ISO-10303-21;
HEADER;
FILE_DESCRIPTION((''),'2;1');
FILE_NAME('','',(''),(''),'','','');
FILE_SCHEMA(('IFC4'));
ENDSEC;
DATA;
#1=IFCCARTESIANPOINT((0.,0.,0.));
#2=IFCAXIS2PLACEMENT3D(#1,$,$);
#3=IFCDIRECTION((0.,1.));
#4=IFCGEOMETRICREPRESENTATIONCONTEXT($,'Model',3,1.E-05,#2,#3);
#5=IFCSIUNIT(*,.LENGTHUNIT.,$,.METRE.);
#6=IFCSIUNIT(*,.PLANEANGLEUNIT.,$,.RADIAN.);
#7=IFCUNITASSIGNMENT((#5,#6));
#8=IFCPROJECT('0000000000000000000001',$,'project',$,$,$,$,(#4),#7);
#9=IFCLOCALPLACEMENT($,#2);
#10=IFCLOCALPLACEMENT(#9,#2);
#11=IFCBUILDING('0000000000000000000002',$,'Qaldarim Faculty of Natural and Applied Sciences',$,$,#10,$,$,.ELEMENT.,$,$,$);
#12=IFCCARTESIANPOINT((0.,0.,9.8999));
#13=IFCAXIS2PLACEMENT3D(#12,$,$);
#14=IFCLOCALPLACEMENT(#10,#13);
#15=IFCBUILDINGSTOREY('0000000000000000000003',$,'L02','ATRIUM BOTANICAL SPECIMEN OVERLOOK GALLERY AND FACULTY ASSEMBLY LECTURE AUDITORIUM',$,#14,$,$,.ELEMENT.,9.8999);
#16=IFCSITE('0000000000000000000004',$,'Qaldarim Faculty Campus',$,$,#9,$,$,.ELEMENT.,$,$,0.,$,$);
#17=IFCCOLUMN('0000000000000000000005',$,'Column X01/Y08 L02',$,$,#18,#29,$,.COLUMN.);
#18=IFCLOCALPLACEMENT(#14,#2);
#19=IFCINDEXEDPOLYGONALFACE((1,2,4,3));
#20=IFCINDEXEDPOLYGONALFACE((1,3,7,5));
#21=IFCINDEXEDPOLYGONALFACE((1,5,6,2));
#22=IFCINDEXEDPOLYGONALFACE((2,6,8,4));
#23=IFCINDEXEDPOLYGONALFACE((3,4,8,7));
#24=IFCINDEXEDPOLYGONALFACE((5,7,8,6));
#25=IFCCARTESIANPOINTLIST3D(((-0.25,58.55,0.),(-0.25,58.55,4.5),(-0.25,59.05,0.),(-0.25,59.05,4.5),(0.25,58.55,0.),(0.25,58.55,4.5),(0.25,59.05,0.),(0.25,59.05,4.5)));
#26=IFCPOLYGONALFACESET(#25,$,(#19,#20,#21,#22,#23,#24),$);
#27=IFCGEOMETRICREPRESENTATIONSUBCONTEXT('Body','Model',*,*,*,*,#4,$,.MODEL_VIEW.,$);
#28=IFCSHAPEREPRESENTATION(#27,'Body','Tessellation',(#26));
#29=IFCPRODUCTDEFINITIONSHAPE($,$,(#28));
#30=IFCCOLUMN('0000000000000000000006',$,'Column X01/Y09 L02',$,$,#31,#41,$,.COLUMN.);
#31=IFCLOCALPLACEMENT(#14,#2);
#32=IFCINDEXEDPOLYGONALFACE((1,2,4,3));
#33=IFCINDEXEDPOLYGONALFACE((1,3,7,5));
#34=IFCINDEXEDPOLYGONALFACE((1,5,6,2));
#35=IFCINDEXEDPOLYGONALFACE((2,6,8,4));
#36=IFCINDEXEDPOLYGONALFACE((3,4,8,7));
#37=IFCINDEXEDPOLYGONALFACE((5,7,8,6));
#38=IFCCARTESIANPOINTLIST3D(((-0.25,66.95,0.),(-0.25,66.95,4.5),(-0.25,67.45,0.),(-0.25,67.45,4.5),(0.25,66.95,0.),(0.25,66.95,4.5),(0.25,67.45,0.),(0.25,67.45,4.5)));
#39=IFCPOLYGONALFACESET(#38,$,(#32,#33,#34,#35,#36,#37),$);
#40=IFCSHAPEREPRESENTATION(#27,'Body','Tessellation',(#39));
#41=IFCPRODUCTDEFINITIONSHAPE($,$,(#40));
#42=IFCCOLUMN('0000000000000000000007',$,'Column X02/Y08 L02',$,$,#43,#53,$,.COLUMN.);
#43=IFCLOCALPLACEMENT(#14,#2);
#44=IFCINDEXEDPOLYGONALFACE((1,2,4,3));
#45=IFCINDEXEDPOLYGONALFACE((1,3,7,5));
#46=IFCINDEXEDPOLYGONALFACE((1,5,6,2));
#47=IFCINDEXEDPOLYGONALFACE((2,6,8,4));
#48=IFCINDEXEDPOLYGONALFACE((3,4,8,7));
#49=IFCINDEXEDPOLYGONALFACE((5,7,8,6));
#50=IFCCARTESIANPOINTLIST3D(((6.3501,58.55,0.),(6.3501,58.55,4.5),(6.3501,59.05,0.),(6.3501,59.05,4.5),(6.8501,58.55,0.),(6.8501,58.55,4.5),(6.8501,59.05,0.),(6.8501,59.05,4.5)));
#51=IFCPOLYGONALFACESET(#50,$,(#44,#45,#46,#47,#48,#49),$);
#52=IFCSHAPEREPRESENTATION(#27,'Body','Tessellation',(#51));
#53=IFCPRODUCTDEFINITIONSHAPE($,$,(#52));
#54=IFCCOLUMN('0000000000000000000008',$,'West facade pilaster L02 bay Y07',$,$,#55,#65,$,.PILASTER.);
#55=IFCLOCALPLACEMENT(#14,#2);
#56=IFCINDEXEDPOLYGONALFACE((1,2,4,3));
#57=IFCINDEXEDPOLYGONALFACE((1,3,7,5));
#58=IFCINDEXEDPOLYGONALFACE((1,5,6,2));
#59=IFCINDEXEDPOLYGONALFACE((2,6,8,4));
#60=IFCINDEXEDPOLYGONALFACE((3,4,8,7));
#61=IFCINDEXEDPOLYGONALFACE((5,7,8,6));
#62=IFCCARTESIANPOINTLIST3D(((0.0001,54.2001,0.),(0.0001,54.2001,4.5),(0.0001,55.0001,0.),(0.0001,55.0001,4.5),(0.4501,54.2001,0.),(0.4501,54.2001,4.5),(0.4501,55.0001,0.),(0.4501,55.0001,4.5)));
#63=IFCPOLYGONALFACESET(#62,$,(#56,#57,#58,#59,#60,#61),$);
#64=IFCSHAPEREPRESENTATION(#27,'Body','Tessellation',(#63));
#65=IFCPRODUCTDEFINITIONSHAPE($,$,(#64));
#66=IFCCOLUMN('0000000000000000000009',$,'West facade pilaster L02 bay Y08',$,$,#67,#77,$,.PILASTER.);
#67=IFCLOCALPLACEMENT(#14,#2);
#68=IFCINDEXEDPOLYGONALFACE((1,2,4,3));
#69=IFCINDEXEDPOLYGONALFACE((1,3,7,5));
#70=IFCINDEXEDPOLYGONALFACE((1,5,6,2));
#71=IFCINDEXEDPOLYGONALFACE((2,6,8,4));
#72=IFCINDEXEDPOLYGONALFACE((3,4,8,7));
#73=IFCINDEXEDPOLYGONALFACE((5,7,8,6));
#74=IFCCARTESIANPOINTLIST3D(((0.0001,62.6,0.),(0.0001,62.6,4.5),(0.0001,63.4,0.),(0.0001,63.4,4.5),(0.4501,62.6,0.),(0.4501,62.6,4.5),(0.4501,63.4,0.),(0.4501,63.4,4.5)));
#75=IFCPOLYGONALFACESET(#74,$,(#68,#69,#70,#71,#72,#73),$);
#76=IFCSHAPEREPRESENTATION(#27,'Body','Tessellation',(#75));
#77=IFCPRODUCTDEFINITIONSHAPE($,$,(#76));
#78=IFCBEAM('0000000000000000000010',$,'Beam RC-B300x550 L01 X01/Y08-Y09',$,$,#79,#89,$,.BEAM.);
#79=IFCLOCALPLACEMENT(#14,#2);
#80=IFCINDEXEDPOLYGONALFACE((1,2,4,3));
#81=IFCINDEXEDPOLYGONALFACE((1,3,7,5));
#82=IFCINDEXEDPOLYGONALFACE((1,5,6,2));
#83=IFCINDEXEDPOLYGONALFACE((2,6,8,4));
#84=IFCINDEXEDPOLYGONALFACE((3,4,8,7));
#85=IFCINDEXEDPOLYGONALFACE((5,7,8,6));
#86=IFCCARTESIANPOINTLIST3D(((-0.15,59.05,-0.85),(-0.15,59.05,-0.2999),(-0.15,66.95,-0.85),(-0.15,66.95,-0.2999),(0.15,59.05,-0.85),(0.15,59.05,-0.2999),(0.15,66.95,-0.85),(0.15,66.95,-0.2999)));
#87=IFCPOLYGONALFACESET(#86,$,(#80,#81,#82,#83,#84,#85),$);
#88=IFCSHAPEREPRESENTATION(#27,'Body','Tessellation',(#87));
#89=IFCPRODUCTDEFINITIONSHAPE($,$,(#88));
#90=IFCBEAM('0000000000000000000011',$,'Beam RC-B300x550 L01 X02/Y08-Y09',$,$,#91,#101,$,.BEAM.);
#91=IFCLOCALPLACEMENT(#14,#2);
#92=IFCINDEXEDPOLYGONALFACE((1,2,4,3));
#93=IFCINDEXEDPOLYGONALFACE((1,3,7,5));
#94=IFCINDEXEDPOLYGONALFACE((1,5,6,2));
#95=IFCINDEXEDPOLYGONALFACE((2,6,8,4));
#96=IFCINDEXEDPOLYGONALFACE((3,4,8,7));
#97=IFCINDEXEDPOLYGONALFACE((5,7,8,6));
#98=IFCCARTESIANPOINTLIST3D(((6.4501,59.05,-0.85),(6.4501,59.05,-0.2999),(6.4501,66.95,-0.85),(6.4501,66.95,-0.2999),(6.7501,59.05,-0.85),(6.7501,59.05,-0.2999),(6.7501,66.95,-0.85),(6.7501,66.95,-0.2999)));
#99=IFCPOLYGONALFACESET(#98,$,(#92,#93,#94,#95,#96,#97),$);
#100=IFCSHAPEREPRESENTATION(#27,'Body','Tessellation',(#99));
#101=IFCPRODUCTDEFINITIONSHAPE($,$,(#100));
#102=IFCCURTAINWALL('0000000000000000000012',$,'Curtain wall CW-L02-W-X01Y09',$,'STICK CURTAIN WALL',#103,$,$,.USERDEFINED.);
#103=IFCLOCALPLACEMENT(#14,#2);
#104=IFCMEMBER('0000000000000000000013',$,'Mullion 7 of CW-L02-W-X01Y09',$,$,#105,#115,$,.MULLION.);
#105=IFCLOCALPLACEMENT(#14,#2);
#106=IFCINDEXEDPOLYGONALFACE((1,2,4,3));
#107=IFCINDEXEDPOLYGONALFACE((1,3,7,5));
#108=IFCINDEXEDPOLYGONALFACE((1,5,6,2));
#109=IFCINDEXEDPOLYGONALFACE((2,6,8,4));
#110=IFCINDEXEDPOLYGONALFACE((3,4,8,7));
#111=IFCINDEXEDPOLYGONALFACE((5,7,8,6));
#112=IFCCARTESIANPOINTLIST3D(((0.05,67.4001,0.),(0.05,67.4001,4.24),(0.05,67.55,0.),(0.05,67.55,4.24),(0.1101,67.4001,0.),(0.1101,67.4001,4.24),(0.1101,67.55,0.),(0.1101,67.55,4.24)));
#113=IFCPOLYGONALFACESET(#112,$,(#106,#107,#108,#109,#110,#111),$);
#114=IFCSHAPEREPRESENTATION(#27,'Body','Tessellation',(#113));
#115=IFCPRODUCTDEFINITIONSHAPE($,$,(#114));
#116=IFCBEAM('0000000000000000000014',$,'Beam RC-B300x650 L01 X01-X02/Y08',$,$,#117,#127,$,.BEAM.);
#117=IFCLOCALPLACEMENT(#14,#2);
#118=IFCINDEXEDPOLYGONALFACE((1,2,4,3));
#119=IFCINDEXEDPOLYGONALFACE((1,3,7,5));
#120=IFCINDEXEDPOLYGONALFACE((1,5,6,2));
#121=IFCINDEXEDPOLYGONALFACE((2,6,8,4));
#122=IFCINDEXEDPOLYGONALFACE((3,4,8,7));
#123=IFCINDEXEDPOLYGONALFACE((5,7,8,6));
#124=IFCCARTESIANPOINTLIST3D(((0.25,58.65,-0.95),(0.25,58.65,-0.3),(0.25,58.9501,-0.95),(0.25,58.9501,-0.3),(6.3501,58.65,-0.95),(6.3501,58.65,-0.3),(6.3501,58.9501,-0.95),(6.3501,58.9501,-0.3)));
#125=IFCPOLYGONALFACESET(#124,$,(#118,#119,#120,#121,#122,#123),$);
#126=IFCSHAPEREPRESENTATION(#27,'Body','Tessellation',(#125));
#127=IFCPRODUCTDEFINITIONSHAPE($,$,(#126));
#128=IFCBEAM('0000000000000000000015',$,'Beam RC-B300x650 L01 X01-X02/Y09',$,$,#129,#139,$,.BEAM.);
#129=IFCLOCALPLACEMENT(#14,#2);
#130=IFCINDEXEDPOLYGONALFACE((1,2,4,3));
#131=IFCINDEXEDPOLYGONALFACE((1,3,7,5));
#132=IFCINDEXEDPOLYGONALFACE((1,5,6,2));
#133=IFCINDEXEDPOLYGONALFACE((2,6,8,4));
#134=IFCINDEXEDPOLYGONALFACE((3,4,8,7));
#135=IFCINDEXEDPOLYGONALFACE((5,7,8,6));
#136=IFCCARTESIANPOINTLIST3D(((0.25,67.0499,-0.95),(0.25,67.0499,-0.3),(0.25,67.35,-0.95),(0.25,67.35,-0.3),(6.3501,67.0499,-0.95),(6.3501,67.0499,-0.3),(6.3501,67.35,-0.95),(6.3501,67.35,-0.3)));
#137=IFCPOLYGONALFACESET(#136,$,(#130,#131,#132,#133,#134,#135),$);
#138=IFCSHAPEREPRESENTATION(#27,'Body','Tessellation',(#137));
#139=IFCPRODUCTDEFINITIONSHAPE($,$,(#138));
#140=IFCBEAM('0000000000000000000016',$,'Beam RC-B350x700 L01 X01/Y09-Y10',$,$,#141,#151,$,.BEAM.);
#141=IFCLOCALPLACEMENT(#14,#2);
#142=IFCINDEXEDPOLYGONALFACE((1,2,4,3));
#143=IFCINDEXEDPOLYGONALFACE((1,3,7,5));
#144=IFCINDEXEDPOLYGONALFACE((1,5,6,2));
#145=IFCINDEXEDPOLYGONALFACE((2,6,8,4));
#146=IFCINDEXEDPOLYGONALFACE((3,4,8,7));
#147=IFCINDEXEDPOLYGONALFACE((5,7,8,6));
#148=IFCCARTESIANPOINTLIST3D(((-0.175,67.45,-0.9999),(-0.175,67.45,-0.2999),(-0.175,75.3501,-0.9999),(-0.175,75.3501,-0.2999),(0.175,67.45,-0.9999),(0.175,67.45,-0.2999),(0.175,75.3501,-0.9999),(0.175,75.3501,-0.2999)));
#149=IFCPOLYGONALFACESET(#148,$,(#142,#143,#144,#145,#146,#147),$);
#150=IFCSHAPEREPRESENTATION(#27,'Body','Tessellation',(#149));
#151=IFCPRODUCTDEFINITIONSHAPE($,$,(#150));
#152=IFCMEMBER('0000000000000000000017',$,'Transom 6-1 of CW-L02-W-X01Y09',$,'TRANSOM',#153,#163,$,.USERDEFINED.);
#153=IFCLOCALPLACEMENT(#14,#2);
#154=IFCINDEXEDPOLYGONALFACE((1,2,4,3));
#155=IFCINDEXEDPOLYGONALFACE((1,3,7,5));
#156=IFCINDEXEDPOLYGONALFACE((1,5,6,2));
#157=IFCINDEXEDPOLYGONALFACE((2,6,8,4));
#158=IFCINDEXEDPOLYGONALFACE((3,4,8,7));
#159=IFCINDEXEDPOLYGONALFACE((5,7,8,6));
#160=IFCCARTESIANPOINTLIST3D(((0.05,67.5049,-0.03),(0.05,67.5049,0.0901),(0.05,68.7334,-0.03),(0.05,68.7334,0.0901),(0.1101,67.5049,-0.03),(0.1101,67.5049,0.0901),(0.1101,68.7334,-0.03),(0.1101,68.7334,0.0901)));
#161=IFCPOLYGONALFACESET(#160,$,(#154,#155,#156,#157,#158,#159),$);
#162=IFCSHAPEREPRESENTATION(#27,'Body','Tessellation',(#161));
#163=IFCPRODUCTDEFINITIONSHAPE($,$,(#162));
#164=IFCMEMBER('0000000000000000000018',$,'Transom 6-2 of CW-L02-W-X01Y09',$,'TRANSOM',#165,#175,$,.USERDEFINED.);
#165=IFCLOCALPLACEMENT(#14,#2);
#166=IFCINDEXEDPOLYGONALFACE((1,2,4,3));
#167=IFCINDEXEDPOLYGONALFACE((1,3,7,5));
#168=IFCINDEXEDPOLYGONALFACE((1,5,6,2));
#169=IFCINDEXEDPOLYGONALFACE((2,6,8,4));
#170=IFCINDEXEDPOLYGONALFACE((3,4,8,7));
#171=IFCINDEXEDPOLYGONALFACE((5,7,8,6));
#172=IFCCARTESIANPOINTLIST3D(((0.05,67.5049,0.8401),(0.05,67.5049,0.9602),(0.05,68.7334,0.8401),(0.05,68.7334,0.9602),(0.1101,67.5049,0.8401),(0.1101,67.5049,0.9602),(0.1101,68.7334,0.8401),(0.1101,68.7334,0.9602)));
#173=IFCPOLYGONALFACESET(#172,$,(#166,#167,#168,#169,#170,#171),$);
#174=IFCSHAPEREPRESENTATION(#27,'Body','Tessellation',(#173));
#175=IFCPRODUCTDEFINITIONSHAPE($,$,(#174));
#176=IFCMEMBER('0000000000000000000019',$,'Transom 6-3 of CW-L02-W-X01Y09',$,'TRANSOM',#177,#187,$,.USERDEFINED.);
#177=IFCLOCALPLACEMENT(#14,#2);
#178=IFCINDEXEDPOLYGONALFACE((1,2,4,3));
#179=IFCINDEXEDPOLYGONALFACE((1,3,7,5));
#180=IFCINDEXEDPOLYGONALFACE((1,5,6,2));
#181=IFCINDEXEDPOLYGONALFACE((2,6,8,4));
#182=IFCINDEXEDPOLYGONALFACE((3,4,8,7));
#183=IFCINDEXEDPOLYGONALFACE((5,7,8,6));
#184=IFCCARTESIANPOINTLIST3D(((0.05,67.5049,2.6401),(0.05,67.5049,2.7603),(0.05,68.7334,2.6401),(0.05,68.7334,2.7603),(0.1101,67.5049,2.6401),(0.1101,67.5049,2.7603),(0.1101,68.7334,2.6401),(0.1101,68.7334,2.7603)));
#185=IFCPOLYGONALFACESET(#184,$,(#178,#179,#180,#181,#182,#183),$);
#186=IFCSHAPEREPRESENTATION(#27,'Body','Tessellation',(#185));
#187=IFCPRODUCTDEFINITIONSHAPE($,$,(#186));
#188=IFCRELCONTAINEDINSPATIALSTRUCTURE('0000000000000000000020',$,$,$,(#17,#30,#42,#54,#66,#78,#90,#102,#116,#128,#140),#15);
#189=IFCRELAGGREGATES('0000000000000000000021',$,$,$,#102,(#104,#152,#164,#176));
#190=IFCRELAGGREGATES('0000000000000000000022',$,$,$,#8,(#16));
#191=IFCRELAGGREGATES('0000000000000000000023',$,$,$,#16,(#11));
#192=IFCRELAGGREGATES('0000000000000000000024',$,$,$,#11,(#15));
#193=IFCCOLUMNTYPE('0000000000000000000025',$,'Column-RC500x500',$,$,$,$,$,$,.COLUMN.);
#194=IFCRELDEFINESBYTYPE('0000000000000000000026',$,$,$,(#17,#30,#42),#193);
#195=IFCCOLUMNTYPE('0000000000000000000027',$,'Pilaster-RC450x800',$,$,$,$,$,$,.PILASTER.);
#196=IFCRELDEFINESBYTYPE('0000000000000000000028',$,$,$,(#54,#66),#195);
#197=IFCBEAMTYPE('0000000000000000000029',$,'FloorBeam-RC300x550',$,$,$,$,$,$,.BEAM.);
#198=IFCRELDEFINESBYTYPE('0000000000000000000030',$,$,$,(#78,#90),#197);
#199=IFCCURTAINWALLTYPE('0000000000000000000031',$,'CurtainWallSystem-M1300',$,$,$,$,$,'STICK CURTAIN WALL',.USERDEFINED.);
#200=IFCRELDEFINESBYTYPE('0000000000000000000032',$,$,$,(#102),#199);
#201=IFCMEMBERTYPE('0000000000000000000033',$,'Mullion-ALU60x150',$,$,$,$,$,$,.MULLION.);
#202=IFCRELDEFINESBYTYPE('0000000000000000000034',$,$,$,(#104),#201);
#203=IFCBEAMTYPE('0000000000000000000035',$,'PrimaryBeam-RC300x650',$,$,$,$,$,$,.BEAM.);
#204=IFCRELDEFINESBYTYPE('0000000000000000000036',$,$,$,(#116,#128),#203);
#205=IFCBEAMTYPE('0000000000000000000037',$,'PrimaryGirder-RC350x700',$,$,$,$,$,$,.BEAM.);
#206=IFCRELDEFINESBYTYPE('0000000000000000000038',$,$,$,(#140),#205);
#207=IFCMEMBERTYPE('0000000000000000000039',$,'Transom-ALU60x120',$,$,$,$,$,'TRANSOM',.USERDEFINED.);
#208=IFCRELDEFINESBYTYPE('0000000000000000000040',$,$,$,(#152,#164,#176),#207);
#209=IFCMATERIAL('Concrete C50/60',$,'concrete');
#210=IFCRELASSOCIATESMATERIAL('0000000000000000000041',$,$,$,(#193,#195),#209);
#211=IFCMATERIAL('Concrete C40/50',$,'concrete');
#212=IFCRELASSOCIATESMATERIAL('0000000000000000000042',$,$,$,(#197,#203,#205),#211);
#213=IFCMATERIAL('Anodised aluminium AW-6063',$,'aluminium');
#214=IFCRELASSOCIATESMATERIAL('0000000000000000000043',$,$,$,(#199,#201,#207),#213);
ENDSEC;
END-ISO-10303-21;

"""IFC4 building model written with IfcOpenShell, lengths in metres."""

from ifc_helpers import new_model, si_unit, direction, frame, origin, origin_2d, place, context, subcontext, project, spatial, rectangle, extrude, material, material_profile, profile_set, type_object, element, aggregate, save


model = new_model("IFC4")

# Units and contexts
model_context = context("Model", 3, precision=1e-05, world=origin(), true_north=direction((0.0, 1.0)))
body_context = subcontext(model_context, "Body", "Model", "MODEL_VIEW")
ifc_project = project(units=[si_unit("LENGTHUNIT", "METRE"), si_unit("PLANEANGLEUNIT", "RADIAN")], contexts=[model_context])

# Site, building, storey
site_placement = place(None, origin())
site = spatial("IfcSite", under=ifc_project, at=site_placement, Name="Qaldarim Faculty Campus", CompositionType="ELEMENT", RefElevation=0.0)
building_placement = place(site_placement, origin())
building = spatial("IfcBuilding", under=site, at=building_placement, Name="Qaldarim Faculty of Natural and Applied Sciences", CompositionType="ELEMENT")
storey_placement = place(building_placement, frame((0.0, 0.0, 9.8999)))
storey = spatial("IfcBuildingStorey", under=building, at=storey_placement, Name="L02", Description="ATRIUM BOTANICAL SPECIMEN OVERLOOK GALLERY AND FACULTY ASSEMBLY LECTURE AUDITORIUM", CompositionType="ELEMENT", Elevation=9.8999)

# Columns
ifc_material_1 = material(Name="Concrete C50/60", Category="concrete")
ifc_material_profile_1 = material_profile(ifc_material_1, rectangle(XDim=0.5, YDim=0.5, at=origin_2d()), Name="RC-C500x500")
ifc_profile_set_1 = profile_set([ifc_material_profile_1], Name="Concrete C50/60")
column_type_1 = type_object("IfcColumnType", Name="Column-RC500x500", PredefinedType="COLUMN", material=ifc_profile_set_1)
for number, where, z_axis, x_axis, name in (
    (1, (0.0, 58.8, 0.0), (0.0, 0.0, 1.0), (1.0, 0.0, 0.0), "Column X01/Y08 L02"),
    (2, (0.0, 67.2, 0.0), (0.0, 0.0, 1.0), (1.0, 0.0, 0.0), "Column X01/Y09 L02"),
    (3, (6.6001, 58.8, 0.0), (0.0, 0.0, 1.0), (1.0, 0.0, 0.0), "Column X02/Y08 L02"),
):
    element("IfcColumn", number, at=place(storey_placement, frame(where, z_axis=z_axis, x_axis=x_axis)), inside=storey, type_object=column_type_1, Name=name, PredefinedType="COLUMN", context=body_context, shape_type="SweptSolid", body=[
        extrude(rectangle(XDim=0.5, YDim=0.5, at=origin_2d()), origin(), (0.0, 0.0, 1.0), 4.5),
    ])
ifc_material_profile_2 = material_profile(ifc_material_1, rectangle(XDim=0.45, YDim=0.8, at=origin_2d()), Name="RC-C450x800")
ifc_profile_set_2 = profile_set([ifc_material_profile_2], Name="Concrete C50/60")
column_type_2 = type_object("IfcColumnType", Name="Pilaster-RC450x800", PredefinedType="PILASTER", material=ifc_profile_set_2)
for number, where, z_axis, x_axis, name in (
    (4, (0.2251, 54.6001, 0.0), (0.0, 0.0, 1.0), (1.0, 0.0, 0.0), "West facade pilaster L02 bay Y07"),
    (5, (0.2251, 63.0, 0.0), (0.0, 0.0, 1.0), (1.0, 0.0, 0.0), "West facade pilaster L02 bay Y08"),
):
    element("IfcColumn", number, at=place(storey_placement, frame(where, z_axis=z_axis, x_axis=x_axis)), inside=storey, type_object=column_type_2, Name=name, PredefinedType="PILASTER", context=body_context, shape_type="SweptSolid", body=[
        extrude(rectangle(XDim=0.45, YDim=0.8, at=origin_2d()), origin(), (0.0, 0.0, 1.0), 4.5),
    ])

# Beams
ifc_material_2 = material(Name="Concrete C40/50", Category="concrete")
ifc_material_profile_3 = material_profile(ifc_material_2, rectangle(XDim=0.3, YDim=0.55, at=origin_2d()), Name="RC-B300x550")
ifc_profile_set_3 = profile_set([ifc_material_profile_3], Name="Concrete C40/50")
beam_type_1 = type_object("IfcBeamType", Name="FloorBeam-RC300x550", PredefinedType="BEAM", material=ifc_profile_set_3)
for number, where, z_axis, x_axis, name in (
    (6, (0.0, 59.05, -0.575), (0.0, 1.0, 0.0), (-1.0, 0.0, 0.0), "Beam RC-B300x550 L01 X01/Y08-Y09"),
    (7, (6.6001, 59.05, -0.575), (0.0, 1.0, 0.0), (-1.0, 0.0, 0.0), "Beam RC-B300x550 L01 X02/Y08-Y09"),
):
    element("IfcBeam", number, at=place(storey_placement, frame(where, z_axis=z_axis, x_axis=x_axis)), inside=storey, type_object=beam_type_1, Name=name, PredefinedType="BEAM", context=body_context, shape_type="SweptSolid", body=[
        extrude(rectangle(XDim=0.3, YDim=0.55, at=origin_2d()), origin(), (0.0, 0.0, 1.0), 7.8999),
    ])

# Curtain wall, member
ifc_material_3 = material(Name="Anodised aluminium AW-6063", Category="aluminium")
curtain_wall_type = type_object("IfcCurtainWallType", Name="CurtainWallSystem-M1300", ElementType="STICK CURTAIN WALL", PredefinedType="USERDEFINED", material=ifc_material_3)
curtain_wall_placement = place(storey_placement, origin())
curtain_wall = element("IfcCurtainWall", 8, at=curtain_wall_placement, inside=storey, type_object=curtain_wall_type, Name="Curtain wall CW-L02-W-X01Y09", ObjectType="STICK CURTAIN WALL", PredefinedType="USERDEFINED")
ifc_material_profile_4 = material_profile(ifc_material_3, rectangle(XDim=0.0601, YDim=0.1499, at=origin_2d()), Name="ALU-M60x150")
ifc_profile_set_4 = profile_set([ifc_material_profile_4], Name="Anodised aluminium AW-6063")
member_type_1 = type_object("IfcMemberType", Name="Mullion-ALU60x150", PredefinedType="MULLION", material=ifc_profile_set_4)
member_1_placement = place(storey_placement, frame((0.0801, 67.4751, 0.0), z_axis=(0.0, 0.0, 1.0), x_axis=(1.0, 0.0, 0.0)))
member_1 = element("IfcMember", 9, at=member_1_placement, type_object=member_type_1, Name="Mullion 7 of CW-L02-W-X01Y09", PredefinedType="MULLION", context=body_context, shape_type="SweptSolid", body=[
    extrude(rectangle(XDim=0.0601, YDim=0.1499, at=origin_2d()), origin(), (0.0, 0.0, 1.0), 4.24),
])

# Beams
ifc_material_profile_5 = material_profile(ifc_material_2, rectangle(XDim=0.3, YDim=0.6499, at=origin_2d()), Name="RC-B300x650")
ifc_profile_set_5 = profile_set([ifc_material_profile_5], Name="Concrete C40/50")
beam_type_2 = type_object("IfcBeamType", Name="PrimaryBeam-RC300x650", PredefinedType="BEAM", material=ifc_profile_set_5)
for number, where, z_axis, x_axis, name in (
    (10, (0.25, 58.8, -0.625), (1.0, 0.0, 0.0), (0.0, 1.0, 0.0), "Beam RC-B300x650 L01 X01-X02/Y08"),
    (11, (0.25, 67.2, -0.625), (1.0, 0.0, 0.0), (0.0, 1.0, 0.0), "Beam RC-B300x650 L01 X01-X02/Y09"),
):
    element("IfcBeam", number, at=place(storey_placement, frame(where, z_axis=z_axis, x_axis=x_axis)), inside=storey, type_object=beam_type_2, Name=name, PredefinedType="BEAM", context=body_context, shape_type="SweptSolid", body=[
        extrude(rectangle(XDim=0.3, YDim=0.6499, at=origin_2d()), origin(), (0.0, 0.0, 1.0), 6.1001),
    ])
ifc_material_profile_6 = material_profile(ifc_material_2, rectangle(XDim=0.3501, YDim=0.7, at=origin_2d()), Name="RC-B350x700")
ifc_profile_set_6 = profile_set([ifc_material_profile_6], Name="Concrete C40/50")
beam_type_3 = type_object("IfcBeamType", Name="PrimaryGirder-RC350x700", PredefinedType="BEAM", material=ifc_profile_set_6)
beam_placement = place(storey_placement, frame((0.0, 67.45, -0.6499), z_axis=(0.0, 1.0, 0.0), x_axis=(-1.0, 0.0, 0.0)))
element("IfcBeam", 12, at=beam_placement, inside=storey, type_object=beam_type_3, Name="Beam RC-B350x700 L01 X01/Y09-Y10", PredefinedType="BEAM", context=body_context, shape_type="SweptSolid", body=[
    extrude(rectangle(XDim=0.3501, YDim=0.7, at=origin_2d()), origin(), (0.0, 0.0, 1.0), 7.9001),
])

# Members
ifc_material_profile_7 = material_profile(ifc_material_3, rectangle(XDim=0.0601, YDim=0.1201, at=origin_2d()), Name="ALU-T60x120")
ifc_profile_set_7 = profile_set([ifc_material_profile_7], Name="Anodised aluminium AW-6063")
member_type_2 = type_object("IfcMemberType", Name="Transom-ALU60x120", ElementType="TRANSOM", PredefinedType="USERDEFINED", material=ifc_profile_set_7)
member_2_placement = place(storey_placement, frame((0.0801, 68.7334, 0.03), z_axis=(0.0, -1.0, 0.0), x_axis=(1.0, 0.0, 0.0)))
member_2 = element("IfcMember", 13, at=member_2_placement, type_object=member_type_2, Name="Transom 6-1 of CW-L02-W-X01Y09", ObjectType="TRANSOM", PredefinedType="USERDEFINED", context=body_context, shape_type="SweptSolid", body=[
    extrude(rectangle(XDim=0.0601, YDim=0.1201, at=origin_2d()), origin(), (0.0, 0.0, 1.0), 1.2285),
])
member_3_placement = place(storey_placement, frame((0.0801, 68.7334, 0.9001), z_axis=(0.0, -1.0, 0.0), x_axis=(1.0, 0.0, 0.0)))
member_3 = element("IfcMember", 14, at=member_3_placement, type_object=member_type_2, Name="Transom 6-2 of CW-L02-W-X01Y09", ObjectType="TRANSOM", PredefinedType="USERDEFINED", context=body_context, shape_type="SweptSolid", body=[
    extrude(rectangle(XDim=0.0601, YDim=0.1201, at=origin_2d()), origin(), (0.0, 0.0, 1.0), 1.2285),
])
member_4_placement = place(storey_placement, frame((0.0801, 68.7334, 2.7002), z_axis=(0.0, -1.0, 0.0), x_axis=(1.0, 0.0, 0.0)))
member_4 = element("IfcMember", 15, at=member_4_placement, type_object=member_type_2, Name="Transom 6-3 of CW-L02-W-X01Y09", ObjectType="TRANSOM", PredefinedType="USERDEFINED", context=body_context, shape_type="SweptSolid", body=[
    extrude(rectangle(XDim=0.0601, YDim=0.1201, at=origin_2d()), origin(), (0.0, 0.0, 1.0), 1.2285),
])

aggregate(curtain_wall, [member_1, member_2, member_3, member_4])

save(model, "model.ifc")
